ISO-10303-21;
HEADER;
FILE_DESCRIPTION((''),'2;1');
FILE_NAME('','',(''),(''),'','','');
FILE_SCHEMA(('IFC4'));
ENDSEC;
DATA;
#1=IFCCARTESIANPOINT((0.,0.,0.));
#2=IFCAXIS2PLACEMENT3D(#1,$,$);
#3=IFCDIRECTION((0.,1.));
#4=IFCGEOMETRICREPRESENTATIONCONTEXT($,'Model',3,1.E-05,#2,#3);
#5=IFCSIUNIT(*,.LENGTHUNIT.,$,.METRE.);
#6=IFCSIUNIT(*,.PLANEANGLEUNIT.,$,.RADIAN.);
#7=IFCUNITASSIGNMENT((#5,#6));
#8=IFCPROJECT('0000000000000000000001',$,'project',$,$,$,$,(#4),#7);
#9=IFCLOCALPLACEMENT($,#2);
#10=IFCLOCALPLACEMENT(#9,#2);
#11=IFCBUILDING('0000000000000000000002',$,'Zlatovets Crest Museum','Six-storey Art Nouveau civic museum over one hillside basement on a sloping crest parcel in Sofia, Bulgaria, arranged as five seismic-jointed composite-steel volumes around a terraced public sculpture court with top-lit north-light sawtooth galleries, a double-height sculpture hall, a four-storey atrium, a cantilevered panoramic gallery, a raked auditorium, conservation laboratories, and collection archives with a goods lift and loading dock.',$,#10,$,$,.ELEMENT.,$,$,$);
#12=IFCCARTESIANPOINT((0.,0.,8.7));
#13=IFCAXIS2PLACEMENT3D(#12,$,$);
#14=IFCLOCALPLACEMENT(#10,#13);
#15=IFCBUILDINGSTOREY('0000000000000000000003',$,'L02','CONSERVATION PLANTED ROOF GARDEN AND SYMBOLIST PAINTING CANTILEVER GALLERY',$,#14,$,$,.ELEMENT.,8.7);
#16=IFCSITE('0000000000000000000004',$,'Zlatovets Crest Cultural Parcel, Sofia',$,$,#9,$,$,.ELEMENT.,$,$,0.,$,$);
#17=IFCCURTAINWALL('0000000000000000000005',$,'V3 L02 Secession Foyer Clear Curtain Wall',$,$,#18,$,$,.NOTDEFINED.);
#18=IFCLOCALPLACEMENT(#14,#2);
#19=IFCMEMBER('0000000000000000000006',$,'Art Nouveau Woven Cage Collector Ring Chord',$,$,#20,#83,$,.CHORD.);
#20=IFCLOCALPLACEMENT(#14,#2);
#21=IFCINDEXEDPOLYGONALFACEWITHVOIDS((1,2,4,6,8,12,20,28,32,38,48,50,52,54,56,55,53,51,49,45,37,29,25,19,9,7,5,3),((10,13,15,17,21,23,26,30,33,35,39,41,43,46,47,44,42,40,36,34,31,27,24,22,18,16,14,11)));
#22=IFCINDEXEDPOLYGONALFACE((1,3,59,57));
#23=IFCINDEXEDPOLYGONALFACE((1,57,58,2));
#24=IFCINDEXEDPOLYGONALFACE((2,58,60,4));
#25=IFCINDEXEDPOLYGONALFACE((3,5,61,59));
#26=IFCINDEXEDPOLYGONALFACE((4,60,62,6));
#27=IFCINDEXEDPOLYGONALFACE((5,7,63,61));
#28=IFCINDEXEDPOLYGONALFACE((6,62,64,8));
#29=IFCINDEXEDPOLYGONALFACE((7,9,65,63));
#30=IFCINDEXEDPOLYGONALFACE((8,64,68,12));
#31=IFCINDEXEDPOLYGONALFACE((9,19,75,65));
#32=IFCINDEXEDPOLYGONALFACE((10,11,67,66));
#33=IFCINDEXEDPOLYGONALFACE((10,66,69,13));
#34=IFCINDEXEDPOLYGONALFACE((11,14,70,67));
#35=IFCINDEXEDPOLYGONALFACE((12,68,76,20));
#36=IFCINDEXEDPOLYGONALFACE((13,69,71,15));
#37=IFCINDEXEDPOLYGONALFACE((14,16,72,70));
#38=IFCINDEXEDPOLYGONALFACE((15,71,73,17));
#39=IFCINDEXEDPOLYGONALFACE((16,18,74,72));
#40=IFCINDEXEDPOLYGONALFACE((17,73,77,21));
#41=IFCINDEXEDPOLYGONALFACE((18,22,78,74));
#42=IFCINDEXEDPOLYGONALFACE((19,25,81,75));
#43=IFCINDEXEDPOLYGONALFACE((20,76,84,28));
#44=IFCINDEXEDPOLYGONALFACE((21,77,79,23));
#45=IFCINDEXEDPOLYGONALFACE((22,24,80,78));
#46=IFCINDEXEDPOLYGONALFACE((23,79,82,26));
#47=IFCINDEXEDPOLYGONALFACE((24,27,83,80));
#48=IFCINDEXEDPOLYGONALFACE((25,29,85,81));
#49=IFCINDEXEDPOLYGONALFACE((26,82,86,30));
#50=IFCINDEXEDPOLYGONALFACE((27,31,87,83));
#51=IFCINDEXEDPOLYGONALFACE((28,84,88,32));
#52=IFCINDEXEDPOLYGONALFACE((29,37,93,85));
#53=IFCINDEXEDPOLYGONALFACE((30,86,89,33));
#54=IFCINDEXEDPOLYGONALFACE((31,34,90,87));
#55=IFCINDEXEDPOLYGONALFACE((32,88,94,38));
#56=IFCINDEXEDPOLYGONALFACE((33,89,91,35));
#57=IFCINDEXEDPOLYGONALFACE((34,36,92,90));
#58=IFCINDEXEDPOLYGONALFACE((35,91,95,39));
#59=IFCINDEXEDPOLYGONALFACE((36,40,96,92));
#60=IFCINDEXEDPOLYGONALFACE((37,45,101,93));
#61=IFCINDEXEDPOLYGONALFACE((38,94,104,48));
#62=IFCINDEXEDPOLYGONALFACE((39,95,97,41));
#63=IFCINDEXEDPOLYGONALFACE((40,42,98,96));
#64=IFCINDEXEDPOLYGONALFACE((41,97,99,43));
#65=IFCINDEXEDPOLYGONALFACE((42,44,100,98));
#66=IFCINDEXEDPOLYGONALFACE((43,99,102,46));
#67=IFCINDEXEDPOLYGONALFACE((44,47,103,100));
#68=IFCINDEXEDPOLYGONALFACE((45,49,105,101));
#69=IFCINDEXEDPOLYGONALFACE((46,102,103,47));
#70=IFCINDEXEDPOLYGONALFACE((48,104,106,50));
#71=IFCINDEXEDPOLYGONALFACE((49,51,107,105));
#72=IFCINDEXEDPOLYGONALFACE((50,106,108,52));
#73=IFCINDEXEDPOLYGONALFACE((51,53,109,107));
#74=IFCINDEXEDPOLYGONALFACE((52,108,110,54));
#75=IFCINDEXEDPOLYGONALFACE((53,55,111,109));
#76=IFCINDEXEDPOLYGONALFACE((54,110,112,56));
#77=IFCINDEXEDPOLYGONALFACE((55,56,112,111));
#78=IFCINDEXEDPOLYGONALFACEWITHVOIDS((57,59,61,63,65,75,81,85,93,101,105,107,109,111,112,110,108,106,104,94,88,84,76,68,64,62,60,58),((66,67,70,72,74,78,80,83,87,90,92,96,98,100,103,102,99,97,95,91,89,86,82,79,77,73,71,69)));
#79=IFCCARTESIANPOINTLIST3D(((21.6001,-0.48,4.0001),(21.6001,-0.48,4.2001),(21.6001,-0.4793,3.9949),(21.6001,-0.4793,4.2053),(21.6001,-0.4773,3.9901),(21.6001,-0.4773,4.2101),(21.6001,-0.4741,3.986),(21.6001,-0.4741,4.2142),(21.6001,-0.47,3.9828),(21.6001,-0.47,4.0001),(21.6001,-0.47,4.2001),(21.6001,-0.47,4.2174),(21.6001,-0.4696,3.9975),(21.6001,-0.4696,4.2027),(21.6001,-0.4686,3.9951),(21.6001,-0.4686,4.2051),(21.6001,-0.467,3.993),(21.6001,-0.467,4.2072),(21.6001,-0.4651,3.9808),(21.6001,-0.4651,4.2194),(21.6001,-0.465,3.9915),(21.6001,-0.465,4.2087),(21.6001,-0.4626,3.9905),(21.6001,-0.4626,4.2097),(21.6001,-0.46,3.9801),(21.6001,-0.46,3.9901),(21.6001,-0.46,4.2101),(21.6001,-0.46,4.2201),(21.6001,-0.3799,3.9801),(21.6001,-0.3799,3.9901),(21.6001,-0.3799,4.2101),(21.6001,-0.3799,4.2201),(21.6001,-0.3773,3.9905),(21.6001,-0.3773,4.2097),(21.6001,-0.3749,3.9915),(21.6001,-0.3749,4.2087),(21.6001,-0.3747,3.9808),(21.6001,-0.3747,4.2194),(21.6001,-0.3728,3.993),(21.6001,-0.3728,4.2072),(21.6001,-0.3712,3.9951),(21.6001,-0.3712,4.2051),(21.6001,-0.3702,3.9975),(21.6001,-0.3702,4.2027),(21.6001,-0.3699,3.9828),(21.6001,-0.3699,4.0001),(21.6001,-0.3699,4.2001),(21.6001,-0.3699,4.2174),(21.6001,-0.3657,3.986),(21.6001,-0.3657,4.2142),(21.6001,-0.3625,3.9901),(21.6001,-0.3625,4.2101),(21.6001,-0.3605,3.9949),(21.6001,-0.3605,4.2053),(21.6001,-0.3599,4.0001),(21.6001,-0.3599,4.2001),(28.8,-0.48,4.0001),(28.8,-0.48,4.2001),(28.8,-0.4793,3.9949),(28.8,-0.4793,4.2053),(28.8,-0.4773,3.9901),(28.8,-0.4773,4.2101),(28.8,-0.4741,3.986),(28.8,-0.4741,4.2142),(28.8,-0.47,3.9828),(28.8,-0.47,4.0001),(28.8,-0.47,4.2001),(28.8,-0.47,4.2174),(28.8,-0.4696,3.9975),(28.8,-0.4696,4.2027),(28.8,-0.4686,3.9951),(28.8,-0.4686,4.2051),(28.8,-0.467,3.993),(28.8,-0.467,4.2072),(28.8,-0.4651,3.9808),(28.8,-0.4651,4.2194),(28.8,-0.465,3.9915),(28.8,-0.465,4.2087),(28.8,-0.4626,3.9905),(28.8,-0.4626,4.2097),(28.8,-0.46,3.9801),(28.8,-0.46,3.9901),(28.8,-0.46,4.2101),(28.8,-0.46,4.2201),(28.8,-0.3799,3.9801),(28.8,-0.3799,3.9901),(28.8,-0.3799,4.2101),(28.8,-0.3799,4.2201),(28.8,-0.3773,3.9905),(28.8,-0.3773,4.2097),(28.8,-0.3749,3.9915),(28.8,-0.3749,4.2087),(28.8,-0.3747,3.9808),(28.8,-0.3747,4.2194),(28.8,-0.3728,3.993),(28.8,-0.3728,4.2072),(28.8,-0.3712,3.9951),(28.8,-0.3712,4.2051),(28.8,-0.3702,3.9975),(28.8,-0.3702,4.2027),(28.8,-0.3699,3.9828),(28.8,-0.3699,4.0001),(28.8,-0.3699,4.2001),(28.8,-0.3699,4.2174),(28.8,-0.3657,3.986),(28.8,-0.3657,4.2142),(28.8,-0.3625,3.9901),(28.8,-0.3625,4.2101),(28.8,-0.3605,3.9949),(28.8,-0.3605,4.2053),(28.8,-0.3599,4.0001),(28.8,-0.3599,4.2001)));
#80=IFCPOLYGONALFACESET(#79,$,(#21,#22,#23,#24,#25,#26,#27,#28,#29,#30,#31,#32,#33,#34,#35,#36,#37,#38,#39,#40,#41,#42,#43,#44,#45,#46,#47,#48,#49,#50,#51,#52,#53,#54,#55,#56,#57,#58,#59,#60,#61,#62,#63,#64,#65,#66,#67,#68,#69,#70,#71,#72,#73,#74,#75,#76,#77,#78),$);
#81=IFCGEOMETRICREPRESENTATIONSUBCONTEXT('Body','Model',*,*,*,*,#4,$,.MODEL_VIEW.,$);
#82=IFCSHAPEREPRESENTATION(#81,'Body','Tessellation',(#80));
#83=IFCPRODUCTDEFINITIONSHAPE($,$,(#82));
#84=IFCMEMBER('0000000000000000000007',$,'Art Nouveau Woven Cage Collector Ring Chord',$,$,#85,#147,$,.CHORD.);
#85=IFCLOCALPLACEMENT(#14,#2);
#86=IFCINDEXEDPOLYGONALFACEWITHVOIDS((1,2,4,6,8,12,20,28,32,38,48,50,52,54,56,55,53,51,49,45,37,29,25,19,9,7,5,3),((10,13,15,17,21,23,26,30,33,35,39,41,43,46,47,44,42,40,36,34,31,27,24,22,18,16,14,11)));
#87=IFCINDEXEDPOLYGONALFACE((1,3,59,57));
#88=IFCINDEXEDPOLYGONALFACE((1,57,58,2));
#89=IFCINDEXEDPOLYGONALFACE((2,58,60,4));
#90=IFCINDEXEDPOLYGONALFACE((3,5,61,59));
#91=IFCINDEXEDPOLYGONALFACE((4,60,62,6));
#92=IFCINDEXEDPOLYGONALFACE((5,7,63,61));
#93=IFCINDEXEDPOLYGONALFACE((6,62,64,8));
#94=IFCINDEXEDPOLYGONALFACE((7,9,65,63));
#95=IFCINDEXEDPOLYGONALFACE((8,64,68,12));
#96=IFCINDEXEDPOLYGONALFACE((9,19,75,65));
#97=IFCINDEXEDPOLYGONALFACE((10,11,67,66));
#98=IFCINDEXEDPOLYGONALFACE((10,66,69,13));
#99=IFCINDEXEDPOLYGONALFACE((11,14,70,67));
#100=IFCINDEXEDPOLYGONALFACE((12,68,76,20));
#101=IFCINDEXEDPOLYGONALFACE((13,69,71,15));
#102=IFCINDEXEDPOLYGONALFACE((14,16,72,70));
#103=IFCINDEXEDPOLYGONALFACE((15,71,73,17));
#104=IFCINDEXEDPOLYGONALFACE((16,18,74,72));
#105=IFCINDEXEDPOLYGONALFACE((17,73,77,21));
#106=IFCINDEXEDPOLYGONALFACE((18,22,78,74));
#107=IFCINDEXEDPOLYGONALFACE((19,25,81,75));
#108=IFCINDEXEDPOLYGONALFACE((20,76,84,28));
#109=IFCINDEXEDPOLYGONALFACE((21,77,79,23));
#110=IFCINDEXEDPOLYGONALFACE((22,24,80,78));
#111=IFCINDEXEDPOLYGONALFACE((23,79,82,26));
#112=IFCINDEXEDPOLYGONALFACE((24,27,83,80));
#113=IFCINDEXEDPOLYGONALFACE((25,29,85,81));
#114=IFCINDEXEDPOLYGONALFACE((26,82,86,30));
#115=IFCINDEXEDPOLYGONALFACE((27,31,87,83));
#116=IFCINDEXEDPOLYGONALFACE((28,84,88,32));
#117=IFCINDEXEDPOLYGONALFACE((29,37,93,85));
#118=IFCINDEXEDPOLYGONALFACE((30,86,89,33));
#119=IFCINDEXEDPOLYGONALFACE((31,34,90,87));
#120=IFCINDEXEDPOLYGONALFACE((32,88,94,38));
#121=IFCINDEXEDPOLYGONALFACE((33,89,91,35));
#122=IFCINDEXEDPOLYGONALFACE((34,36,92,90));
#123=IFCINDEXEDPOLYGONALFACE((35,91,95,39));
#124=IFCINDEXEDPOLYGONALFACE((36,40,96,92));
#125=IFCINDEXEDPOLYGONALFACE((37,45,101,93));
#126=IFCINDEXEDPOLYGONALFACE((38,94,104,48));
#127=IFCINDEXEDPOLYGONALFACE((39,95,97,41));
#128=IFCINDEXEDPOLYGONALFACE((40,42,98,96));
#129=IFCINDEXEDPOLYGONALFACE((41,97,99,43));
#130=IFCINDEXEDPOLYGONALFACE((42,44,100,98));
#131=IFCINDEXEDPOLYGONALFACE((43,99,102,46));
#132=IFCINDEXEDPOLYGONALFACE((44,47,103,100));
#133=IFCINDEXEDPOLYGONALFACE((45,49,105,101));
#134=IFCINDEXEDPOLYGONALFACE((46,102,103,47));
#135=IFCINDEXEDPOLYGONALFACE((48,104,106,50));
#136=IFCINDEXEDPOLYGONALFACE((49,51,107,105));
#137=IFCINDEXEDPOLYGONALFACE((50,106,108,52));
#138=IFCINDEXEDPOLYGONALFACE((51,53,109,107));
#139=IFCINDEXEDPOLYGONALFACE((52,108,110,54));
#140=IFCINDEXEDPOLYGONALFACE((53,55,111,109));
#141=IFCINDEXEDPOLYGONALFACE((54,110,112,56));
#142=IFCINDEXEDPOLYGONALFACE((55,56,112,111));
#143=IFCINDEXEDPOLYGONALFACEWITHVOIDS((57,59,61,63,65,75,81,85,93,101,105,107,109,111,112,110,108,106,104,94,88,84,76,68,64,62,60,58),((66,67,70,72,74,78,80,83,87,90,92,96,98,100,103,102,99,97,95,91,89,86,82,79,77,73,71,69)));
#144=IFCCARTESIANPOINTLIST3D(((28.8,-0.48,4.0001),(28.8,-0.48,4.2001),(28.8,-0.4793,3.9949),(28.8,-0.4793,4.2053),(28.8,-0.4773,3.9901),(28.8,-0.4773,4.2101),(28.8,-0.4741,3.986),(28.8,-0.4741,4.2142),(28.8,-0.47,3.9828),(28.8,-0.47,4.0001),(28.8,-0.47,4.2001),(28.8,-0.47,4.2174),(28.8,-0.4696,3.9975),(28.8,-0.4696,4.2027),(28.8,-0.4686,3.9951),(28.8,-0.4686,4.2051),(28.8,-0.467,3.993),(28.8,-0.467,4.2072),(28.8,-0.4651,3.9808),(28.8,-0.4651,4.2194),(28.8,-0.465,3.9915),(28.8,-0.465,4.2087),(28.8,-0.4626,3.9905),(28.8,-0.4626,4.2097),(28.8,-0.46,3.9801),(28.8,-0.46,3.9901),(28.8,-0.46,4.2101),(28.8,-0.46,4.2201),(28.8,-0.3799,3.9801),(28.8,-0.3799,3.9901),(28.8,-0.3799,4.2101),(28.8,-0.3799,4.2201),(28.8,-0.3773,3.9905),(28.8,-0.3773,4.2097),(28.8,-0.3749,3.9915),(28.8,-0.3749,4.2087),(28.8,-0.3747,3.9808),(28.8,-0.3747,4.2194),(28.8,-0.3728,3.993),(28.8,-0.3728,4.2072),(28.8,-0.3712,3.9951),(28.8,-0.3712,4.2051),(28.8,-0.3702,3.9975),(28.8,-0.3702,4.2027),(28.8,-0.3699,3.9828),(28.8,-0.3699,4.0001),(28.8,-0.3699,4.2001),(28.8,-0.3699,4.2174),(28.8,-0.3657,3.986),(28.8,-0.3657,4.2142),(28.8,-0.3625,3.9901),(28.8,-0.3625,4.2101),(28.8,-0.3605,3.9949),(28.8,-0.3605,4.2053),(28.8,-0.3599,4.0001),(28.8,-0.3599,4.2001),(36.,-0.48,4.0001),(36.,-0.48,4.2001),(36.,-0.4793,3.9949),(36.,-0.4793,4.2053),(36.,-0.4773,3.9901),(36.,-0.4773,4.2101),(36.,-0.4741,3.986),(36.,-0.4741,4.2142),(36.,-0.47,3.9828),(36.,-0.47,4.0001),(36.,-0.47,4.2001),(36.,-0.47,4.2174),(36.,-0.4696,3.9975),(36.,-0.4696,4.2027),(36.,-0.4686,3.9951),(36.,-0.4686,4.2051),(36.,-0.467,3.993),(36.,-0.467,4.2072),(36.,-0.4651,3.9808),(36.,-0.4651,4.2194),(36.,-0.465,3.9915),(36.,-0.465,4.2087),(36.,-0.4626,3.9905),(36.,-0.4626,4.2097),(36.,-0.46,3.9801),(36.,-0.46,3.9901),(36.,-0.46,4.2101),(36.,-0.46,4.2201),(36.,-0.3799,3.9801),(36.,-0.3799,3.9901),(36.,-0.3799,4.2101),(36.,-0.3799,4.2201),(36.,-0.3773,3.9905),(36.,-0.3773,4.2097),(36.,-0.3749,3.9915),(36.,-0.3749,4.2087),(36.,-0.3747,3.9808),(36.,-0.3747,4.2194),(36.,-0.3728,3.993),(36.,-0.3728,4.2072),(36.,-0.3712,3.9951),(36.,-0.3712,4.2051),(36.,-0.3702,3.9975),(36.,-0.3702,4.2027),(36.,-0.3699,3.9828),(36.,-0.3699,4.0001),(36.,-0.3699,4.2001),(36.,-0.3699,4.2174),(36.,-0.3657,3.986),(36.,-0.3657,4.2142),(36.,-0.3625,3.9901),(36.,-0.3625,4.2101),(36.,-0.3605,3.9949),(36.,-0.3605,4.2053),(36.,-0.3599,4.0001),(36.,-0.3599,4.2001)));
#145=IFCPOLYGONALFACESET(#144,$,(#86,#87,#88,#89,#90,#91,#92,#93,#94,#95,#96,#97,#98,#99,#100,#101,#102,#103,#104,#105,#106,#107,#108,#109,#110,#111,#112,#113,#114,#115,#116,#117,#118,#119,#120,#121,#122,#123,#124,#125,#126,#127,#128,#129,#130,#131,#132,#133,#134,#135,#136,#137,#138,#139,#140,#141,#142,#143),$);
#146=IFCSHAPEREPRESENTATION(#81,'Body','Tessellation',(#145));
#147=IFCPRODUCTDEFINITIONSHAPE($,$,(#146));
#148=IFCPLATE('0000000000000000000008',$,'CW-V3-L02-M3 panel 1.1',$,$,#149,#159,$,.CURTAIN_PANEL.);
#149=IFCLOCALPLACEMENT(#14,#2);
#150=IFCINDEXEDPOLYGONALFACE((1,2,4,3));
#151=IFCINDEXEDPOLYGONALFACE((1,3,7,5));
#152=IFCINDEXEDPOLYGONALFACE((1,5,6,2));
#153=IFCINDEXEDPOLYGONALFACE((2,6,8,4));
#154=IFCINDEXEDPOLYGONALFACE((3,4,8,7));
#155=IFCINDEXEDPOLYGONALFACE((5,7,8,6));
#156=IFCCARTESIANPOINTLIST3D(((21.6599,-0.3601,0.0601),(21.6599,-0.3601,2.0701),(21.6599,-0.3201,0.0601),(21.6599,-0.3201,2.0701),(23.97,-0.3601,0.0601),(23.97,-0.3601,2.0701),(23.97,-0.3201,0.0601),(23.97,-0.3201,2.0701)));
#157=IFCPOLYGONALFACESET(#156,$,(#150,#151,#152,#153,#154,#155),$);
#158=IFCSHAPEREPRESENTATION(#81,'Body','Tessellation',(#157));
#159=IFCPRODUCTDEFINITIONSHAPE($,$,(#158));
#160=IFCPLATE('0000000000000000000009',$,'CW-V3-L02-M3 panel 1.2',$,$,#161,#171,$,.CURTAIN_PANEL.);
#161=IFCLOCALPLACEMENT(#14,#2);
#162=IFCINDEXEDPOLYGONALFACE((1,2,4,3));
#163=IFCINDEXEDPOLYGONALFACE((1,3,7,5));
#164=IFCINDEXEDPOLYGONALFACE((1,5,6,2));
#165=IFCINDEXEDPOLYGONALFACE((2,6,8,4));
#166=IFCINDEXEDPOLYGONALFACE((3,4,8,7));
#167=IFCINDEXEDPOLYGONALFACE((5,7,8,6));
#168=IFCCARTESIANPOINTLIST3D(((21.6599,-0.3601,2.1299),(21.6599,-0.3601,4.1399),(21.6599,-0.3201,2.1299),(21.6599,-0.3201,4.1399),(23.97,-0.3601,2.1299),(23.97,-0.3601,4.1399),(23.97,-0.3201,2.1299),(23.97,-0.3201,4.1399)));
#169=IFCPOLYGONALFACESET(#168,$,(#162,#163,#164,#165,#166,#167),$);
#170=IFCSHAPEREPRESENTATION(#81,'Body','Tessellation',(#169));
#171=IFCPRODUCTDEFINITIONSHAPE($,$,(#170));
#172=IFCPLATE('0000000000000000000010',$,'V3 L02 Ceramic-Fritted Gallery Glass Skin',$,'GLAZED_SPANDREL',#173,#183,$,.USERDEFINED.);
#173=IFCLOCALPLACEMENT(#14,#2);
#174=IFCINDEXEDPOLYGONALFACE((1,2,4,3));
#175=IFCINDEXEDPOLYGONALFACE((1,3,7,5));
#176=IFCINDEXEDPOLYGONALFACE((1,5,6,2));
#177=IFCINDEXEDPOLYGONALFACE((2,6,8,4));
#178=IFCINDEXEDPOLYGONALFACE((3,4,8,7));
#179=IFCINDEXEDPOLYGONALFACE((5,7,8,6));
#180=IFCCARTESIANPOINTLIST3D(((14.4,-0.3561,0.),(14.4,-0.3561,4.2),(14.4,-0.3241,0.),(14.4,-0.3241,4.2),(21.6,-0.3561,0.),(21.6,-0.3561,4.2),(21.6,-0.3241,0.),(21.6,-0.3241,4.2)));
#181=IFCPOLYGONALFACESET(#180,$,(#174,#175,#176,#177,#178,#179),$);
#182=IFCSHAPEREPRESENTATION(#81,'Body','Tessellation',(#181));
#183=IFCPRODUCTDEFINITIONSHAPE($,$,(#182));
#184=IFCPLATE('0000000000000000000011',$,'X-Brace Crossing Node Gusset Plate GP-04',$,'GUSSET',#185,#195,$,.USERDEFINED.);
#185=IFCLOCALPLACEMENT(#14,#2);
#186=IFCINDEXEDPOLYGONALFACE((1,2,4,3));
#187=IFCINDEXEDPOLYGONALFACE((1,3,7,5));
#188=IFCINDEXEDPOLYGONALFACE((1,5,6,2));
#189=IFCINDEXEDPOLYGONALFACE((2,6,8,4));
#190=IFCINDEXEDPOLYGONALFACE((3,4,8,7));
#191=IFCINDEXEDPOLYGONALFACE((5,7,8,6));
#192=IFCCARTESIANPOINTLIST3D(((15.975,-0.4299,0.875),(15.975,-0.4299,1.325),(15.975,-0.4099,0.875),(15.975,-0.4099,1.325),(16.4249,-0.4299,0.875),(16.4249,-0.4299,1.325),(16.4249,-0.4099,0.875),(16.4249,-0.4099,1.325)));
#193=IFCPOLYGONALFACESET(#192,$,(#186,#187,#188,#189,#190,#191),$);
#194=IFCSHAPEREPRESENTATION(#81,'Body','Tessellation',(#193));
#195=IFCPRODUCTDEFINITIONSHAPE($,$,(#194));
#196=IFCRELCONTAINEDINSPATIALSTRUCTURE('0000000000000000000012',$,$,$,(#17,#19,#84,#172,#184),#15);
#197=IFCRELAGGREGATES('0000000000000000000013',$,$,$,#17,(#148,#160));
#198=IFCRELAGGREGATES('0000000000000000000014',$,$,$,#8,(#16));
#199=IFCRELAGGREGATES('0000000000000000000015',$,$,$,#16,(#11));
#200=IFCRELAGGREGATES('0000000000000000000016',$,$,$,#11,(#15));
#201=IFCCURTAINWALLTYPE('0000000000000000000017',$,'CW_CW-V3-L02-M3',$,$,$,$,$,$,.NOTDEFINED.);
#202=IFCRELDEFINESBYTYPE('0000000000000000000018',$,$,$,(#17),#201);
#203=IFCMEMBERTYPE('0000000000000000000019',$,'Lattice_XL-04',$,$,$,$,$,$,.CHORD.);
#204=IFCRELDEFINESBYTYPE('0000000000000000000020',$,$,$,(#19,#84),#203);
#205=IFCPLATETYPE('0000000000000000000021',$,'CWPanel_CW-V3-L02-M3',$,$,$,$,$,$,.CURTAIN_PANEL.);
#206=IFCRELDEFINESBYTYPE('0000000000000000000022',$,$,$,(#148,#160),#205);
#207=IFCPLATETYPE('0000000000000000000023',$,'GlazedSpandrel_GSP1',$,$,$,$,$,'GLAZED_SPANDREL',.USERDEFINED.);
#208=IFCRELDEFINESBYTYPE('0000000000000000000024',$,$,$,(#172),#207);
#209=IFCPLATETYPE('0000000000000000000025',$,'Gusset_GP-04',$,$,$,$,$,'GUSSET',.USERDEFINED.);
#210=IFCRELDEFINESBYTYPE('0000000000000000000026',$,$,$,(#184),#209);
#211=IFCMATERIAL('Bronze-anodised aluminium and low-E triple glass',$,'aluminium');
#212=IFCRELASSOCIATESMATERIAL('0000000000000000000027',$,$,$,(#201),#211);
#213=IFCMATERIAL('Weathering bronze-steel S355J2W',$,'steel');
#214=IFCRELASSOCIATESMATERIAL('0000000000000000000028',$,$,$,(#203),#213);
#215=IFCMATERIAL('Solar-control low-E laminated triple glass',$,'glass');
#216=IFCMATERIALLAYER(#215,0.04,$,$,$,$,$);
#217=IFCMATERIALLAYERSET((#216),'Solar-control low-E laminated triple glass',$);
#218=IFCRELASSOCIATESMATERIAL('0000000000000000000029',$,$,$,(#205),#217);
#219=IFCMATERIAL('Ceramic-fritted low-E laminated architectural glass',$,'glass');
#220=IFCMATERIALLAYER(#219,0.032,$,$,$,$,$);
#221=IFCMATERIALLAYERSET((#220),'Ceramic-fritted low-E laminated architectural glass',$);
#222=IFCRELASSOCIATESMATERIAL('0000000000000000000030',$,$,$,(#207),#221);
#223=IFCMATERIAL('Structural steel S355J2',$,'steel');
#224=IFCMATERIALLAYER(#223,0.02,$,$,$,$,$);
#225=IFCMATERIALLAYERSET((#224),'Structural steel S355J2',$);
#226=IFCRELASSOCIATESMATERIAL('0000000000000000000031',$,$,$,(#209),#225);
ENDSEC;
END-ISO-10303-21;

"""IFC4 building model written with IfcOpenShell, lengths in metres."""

from ifc_helpers import new_model, si_unit, direction, frame, origin, origin_2d, place, context, subcontext, project, spatial, rectangle, hollow_rectangle, extrude, material, layer, layer_set, material_profile, profile_set, type_object, element, aggregate, save


model = new_model("IFC4")

# Units and contexts
model_context = context("Model", 3, precision=1e-05, world=origin(), true_north=direction((0.0, 1.0)))
body_context = subcontext(model_context, "Body", "Model", "MODEL_VIEW")
ifc_project = project(units=[si_unit("LENGTHUNIT", "METRE"), si_unit("PLANEANGLEUNIT", "RADIAN")], contexts=[model_context])

# Site, building, storey
site_placement = place(None, origin())
site = spatial("IfcSite", under=ifc_project, at=site_placement, Name="Zlatovets Crest Cultural Parcel, Sofia", CompositionType="ELEMENT", RefElevation=0.0)
building_placement = place(site_placement, origin())
building = spatial("IfcBuilding", under=site, at=building_placement, Name="Zlatovets Crest Museum", Description="Six-storey Art Nouveau civic museum over one hillside basement on a sloping crest parcel in Sofia, Bulgaria, arranged as five seismic-jointed composite-steel volumes around a terraced public sculpture court with top-lit north-light sawtooth galleries, a double-height sculpture hall, a four-storey atrium, a cantilevered panoramic gallery, a raked auditorium, conservation laboratories, and collection archives with a goods lift and loading dock.", CompositionType="ELEMENT")
storey_placement = place(building_placement, frame((0.0, 0.0, 8.7)))
storey = spatial("IfcBuildingStorey", under=building, at=storey_placement, Name="L02", Description="CONSERVATION PLANTED ROOF GARDEN AND SYMBOLIST PAINTING CANTILEVER GALLERY", CompositionType="ELEMENT", Elevation=8.7)

# Curtain wall
ifc_material_1 = material(Name="Bronze-anodised aluminium and low-E triple glass", Category="aluminium")
curtain_wall_type = type_object("IfcCurtainWallType", Name="CW_CW-V3-L02-M3", PredefinedType="NOTDEFINED", material=ifc_material_1)
curtain_wall_placement = place(storey_placement, origin())
curtain_wall = element("IfcCurtainWall", 1, at=curtain_wall_placement, inside=storey, type_object=curtain_wall_type, Name="V3 L02 Secession Foyer Clear Curtain Wall", PredefinedType="NOTDEFINED")

# Members
ifc_material_2 = material(Name="Weathering bronze-steel S355J2W", Category="steel")
ifc_material_profile_1 = material_profile(ifc_material_2, hollow_rectangle(XDim=0.1201, YDim=0.24, WallThickness=0.01, InnerFilletRadius=0.01, OuterFilletRadius=0.02, at=origin_2d()), Name="RHS 120x240x10.0")
ifc_profile_set_1 = profile_set([ifc_material_profile_1], Name="Weathering bronze-steel S355J2W")
member_type_1 = type_object("IfcMemberType", Name="Lattice_XL-04", PredefinedType="CHORD", material=ifc_profile_set_1)
for number, where, z_axis, x_axis, name in (
    (2, (21.6001, -0.4199, 4.1001), (1.0, 0.0, 0.0), (0.0, 1.0, 0.0), "Art Nouveau Woven Cage Collector Ring Chord"),
    (3, (28.8, -0.4199, 4.1001), (1.0, 0.0, 0.0), (0.0, 1.0, 0.0), "Art Nouveau Woven Cage Collector Ring Chord"),
):
    element("IfcMember", number, at=place(storey_placement, frame(where, z_axis=z_axis, x_axis=x_axis)), inside=storey, type_object=member_type_1, Name=name, PredefinedType="CHORD", context=body_context, shape_type="SweptSolid", body=[
        extrude(hollow_rectangle(XDim=0.1201, YDim=0.24, WallThickness=0.01, InnerFilletRadius=0.01, OuterFilletRadius=0.02, at=origin_2d()), origin(), (0.0, 0.0, 1.0), 7.2),
    ])

# Plates
ifc_material_3 = material(Name="Solar-control low-E laminated triple glass", Category="glass")
ifc_layer_1 = layer(ifc_material_3, 0.04)
ifc_layer_set_1 = layer_set([ifc_layer_1], Name="Solar-control low-E laminated triple glass")
plate_type_1 = type_object("IfcPlateType", Name="CWPanel_CW-V3-L02-M3", PredefinedType="CURTAIN_PANEL", material=ifc_layer_set_1)
plate_1_placement = place(storey_placement, frame((22.8149, -0.3401, 0.0601), z_axis=(0.0, 0.0, 1.0), x_axis=(1.0, 0.0, 0.0)))
plate_1 = element("IfcPlate", 4, at=plate_1_placement, type_object=plate_type_1, Name="CW-V3-L02-M3 panel 1.1", PredefinedType="CURTAIN_PANEL", context=body_context, shape_type="SweptSolid", body=[
    extrude(rectangle(XDim=2.3101, YDim=0.04, at=origin_2d()), origin(), (0.0, 0.0, 1.0), 2.01),
])
plate_2_placement = place(storey_placement, frame((22.8149, -0.3401, 2.1299), z_axis=(0.0, 0.0, 1.0), x_axis=(1.0, 0.0, 0.0)))
plate_2 = element("IfcPlate", 5, at=plate_2_placement, type_object=plate_type_1, Name="CW-V3-L02-M3 panel 1.2", PredefinedType="CURTAIN_PANEL", context=body_context, shape_type="SweptSolid", body=[
    extrude(rectangle(XDim=2.3101, YDim=0.04, at=origin_2d()), origin(), (0.0, 0.0, 1.0), 2.01),
])
aggregate(curtain_wall, [plate_1, plate_2])

# Plates
ifc_material_4 = material(Name="Ceramic-fritted low-E laminated architectural glass", Category="glass")
ifc_layer_2 = layer(ifc_material_4, 0.032)
ifc_layer_set_2 = layer_set([ifc_layer_2], Name="Ceramic-fritted low-E laminated architectural glass")
plate_type_2 = type_object("IfcPlateType", Name="GlazedSpandrel_GSP1", ElementType="GLAZED_SPANDREL", PredefinedType="USERDEFINED", material=ifc_layer_set_2)
plate_3_placement = place(storey_placement, frame((18.0, -0.3401, 0.0), z_axis=(0.0, 0.0, 1.0), x_axis=(1.0, 0.0, 0.0)))
element("IfcPlate", 6, at=plate_3_placement, inside=storey, type_object=plate_type_2, Name="V3 L02 Ceramic-Fritted Gallery Glass Skin", ObjectType="GLAZED_SPANDREL", PredefinedType="USERDEFINED", context=body_context, shape_type="SweptSolid", body=[
    extrude(rectangle(XDim=7.2, YDim=0.032, at=origin_2d()), origin(), (0.0, 0.0, 1.0), 4.2),
])
ifc_material_5 = material(Name="Structural steel S355J2", Category="steel")
ifc_layer_3 = layer(ifc_material_5, 0.02)
ifc_layer_set_3 = layer_set([ifc_layer_3], Name="Structural steel S355J2")
plate_type_3 = type_object("IfcPlateType", Name="Gusset_GP-04", ElementType="GUSSET", PredefinedType="USERDEFINED", material=ifc_layer_set_3)
for number, where, z_axis, x_axis, name in (
    (7, (16.2, -0.4199, 0.875), (0.0, 0.0, 1.0), (1.0, 0.0, 0.0), "X-Brace Crossing Node Gusset Plate GP-04"),
):
    element("IfcPlate", number, at=place(storey_placement, frame(where, z_axis=z_axis, x_axis=x_axis)), inside=storey, type_object=plate_type_3, Name=name, ObjectType="GUSSET", PredefinedType="USERDEFINED", context=body_context, shape_type="SweptSolid", body=[
        extrude(rectangle(XDim=0.45, YDim=0.02, at=origin_2d()), origin(), (0.0, 0.0, 1.0), 0.45),
    ])

save(model, "model.ifc")
